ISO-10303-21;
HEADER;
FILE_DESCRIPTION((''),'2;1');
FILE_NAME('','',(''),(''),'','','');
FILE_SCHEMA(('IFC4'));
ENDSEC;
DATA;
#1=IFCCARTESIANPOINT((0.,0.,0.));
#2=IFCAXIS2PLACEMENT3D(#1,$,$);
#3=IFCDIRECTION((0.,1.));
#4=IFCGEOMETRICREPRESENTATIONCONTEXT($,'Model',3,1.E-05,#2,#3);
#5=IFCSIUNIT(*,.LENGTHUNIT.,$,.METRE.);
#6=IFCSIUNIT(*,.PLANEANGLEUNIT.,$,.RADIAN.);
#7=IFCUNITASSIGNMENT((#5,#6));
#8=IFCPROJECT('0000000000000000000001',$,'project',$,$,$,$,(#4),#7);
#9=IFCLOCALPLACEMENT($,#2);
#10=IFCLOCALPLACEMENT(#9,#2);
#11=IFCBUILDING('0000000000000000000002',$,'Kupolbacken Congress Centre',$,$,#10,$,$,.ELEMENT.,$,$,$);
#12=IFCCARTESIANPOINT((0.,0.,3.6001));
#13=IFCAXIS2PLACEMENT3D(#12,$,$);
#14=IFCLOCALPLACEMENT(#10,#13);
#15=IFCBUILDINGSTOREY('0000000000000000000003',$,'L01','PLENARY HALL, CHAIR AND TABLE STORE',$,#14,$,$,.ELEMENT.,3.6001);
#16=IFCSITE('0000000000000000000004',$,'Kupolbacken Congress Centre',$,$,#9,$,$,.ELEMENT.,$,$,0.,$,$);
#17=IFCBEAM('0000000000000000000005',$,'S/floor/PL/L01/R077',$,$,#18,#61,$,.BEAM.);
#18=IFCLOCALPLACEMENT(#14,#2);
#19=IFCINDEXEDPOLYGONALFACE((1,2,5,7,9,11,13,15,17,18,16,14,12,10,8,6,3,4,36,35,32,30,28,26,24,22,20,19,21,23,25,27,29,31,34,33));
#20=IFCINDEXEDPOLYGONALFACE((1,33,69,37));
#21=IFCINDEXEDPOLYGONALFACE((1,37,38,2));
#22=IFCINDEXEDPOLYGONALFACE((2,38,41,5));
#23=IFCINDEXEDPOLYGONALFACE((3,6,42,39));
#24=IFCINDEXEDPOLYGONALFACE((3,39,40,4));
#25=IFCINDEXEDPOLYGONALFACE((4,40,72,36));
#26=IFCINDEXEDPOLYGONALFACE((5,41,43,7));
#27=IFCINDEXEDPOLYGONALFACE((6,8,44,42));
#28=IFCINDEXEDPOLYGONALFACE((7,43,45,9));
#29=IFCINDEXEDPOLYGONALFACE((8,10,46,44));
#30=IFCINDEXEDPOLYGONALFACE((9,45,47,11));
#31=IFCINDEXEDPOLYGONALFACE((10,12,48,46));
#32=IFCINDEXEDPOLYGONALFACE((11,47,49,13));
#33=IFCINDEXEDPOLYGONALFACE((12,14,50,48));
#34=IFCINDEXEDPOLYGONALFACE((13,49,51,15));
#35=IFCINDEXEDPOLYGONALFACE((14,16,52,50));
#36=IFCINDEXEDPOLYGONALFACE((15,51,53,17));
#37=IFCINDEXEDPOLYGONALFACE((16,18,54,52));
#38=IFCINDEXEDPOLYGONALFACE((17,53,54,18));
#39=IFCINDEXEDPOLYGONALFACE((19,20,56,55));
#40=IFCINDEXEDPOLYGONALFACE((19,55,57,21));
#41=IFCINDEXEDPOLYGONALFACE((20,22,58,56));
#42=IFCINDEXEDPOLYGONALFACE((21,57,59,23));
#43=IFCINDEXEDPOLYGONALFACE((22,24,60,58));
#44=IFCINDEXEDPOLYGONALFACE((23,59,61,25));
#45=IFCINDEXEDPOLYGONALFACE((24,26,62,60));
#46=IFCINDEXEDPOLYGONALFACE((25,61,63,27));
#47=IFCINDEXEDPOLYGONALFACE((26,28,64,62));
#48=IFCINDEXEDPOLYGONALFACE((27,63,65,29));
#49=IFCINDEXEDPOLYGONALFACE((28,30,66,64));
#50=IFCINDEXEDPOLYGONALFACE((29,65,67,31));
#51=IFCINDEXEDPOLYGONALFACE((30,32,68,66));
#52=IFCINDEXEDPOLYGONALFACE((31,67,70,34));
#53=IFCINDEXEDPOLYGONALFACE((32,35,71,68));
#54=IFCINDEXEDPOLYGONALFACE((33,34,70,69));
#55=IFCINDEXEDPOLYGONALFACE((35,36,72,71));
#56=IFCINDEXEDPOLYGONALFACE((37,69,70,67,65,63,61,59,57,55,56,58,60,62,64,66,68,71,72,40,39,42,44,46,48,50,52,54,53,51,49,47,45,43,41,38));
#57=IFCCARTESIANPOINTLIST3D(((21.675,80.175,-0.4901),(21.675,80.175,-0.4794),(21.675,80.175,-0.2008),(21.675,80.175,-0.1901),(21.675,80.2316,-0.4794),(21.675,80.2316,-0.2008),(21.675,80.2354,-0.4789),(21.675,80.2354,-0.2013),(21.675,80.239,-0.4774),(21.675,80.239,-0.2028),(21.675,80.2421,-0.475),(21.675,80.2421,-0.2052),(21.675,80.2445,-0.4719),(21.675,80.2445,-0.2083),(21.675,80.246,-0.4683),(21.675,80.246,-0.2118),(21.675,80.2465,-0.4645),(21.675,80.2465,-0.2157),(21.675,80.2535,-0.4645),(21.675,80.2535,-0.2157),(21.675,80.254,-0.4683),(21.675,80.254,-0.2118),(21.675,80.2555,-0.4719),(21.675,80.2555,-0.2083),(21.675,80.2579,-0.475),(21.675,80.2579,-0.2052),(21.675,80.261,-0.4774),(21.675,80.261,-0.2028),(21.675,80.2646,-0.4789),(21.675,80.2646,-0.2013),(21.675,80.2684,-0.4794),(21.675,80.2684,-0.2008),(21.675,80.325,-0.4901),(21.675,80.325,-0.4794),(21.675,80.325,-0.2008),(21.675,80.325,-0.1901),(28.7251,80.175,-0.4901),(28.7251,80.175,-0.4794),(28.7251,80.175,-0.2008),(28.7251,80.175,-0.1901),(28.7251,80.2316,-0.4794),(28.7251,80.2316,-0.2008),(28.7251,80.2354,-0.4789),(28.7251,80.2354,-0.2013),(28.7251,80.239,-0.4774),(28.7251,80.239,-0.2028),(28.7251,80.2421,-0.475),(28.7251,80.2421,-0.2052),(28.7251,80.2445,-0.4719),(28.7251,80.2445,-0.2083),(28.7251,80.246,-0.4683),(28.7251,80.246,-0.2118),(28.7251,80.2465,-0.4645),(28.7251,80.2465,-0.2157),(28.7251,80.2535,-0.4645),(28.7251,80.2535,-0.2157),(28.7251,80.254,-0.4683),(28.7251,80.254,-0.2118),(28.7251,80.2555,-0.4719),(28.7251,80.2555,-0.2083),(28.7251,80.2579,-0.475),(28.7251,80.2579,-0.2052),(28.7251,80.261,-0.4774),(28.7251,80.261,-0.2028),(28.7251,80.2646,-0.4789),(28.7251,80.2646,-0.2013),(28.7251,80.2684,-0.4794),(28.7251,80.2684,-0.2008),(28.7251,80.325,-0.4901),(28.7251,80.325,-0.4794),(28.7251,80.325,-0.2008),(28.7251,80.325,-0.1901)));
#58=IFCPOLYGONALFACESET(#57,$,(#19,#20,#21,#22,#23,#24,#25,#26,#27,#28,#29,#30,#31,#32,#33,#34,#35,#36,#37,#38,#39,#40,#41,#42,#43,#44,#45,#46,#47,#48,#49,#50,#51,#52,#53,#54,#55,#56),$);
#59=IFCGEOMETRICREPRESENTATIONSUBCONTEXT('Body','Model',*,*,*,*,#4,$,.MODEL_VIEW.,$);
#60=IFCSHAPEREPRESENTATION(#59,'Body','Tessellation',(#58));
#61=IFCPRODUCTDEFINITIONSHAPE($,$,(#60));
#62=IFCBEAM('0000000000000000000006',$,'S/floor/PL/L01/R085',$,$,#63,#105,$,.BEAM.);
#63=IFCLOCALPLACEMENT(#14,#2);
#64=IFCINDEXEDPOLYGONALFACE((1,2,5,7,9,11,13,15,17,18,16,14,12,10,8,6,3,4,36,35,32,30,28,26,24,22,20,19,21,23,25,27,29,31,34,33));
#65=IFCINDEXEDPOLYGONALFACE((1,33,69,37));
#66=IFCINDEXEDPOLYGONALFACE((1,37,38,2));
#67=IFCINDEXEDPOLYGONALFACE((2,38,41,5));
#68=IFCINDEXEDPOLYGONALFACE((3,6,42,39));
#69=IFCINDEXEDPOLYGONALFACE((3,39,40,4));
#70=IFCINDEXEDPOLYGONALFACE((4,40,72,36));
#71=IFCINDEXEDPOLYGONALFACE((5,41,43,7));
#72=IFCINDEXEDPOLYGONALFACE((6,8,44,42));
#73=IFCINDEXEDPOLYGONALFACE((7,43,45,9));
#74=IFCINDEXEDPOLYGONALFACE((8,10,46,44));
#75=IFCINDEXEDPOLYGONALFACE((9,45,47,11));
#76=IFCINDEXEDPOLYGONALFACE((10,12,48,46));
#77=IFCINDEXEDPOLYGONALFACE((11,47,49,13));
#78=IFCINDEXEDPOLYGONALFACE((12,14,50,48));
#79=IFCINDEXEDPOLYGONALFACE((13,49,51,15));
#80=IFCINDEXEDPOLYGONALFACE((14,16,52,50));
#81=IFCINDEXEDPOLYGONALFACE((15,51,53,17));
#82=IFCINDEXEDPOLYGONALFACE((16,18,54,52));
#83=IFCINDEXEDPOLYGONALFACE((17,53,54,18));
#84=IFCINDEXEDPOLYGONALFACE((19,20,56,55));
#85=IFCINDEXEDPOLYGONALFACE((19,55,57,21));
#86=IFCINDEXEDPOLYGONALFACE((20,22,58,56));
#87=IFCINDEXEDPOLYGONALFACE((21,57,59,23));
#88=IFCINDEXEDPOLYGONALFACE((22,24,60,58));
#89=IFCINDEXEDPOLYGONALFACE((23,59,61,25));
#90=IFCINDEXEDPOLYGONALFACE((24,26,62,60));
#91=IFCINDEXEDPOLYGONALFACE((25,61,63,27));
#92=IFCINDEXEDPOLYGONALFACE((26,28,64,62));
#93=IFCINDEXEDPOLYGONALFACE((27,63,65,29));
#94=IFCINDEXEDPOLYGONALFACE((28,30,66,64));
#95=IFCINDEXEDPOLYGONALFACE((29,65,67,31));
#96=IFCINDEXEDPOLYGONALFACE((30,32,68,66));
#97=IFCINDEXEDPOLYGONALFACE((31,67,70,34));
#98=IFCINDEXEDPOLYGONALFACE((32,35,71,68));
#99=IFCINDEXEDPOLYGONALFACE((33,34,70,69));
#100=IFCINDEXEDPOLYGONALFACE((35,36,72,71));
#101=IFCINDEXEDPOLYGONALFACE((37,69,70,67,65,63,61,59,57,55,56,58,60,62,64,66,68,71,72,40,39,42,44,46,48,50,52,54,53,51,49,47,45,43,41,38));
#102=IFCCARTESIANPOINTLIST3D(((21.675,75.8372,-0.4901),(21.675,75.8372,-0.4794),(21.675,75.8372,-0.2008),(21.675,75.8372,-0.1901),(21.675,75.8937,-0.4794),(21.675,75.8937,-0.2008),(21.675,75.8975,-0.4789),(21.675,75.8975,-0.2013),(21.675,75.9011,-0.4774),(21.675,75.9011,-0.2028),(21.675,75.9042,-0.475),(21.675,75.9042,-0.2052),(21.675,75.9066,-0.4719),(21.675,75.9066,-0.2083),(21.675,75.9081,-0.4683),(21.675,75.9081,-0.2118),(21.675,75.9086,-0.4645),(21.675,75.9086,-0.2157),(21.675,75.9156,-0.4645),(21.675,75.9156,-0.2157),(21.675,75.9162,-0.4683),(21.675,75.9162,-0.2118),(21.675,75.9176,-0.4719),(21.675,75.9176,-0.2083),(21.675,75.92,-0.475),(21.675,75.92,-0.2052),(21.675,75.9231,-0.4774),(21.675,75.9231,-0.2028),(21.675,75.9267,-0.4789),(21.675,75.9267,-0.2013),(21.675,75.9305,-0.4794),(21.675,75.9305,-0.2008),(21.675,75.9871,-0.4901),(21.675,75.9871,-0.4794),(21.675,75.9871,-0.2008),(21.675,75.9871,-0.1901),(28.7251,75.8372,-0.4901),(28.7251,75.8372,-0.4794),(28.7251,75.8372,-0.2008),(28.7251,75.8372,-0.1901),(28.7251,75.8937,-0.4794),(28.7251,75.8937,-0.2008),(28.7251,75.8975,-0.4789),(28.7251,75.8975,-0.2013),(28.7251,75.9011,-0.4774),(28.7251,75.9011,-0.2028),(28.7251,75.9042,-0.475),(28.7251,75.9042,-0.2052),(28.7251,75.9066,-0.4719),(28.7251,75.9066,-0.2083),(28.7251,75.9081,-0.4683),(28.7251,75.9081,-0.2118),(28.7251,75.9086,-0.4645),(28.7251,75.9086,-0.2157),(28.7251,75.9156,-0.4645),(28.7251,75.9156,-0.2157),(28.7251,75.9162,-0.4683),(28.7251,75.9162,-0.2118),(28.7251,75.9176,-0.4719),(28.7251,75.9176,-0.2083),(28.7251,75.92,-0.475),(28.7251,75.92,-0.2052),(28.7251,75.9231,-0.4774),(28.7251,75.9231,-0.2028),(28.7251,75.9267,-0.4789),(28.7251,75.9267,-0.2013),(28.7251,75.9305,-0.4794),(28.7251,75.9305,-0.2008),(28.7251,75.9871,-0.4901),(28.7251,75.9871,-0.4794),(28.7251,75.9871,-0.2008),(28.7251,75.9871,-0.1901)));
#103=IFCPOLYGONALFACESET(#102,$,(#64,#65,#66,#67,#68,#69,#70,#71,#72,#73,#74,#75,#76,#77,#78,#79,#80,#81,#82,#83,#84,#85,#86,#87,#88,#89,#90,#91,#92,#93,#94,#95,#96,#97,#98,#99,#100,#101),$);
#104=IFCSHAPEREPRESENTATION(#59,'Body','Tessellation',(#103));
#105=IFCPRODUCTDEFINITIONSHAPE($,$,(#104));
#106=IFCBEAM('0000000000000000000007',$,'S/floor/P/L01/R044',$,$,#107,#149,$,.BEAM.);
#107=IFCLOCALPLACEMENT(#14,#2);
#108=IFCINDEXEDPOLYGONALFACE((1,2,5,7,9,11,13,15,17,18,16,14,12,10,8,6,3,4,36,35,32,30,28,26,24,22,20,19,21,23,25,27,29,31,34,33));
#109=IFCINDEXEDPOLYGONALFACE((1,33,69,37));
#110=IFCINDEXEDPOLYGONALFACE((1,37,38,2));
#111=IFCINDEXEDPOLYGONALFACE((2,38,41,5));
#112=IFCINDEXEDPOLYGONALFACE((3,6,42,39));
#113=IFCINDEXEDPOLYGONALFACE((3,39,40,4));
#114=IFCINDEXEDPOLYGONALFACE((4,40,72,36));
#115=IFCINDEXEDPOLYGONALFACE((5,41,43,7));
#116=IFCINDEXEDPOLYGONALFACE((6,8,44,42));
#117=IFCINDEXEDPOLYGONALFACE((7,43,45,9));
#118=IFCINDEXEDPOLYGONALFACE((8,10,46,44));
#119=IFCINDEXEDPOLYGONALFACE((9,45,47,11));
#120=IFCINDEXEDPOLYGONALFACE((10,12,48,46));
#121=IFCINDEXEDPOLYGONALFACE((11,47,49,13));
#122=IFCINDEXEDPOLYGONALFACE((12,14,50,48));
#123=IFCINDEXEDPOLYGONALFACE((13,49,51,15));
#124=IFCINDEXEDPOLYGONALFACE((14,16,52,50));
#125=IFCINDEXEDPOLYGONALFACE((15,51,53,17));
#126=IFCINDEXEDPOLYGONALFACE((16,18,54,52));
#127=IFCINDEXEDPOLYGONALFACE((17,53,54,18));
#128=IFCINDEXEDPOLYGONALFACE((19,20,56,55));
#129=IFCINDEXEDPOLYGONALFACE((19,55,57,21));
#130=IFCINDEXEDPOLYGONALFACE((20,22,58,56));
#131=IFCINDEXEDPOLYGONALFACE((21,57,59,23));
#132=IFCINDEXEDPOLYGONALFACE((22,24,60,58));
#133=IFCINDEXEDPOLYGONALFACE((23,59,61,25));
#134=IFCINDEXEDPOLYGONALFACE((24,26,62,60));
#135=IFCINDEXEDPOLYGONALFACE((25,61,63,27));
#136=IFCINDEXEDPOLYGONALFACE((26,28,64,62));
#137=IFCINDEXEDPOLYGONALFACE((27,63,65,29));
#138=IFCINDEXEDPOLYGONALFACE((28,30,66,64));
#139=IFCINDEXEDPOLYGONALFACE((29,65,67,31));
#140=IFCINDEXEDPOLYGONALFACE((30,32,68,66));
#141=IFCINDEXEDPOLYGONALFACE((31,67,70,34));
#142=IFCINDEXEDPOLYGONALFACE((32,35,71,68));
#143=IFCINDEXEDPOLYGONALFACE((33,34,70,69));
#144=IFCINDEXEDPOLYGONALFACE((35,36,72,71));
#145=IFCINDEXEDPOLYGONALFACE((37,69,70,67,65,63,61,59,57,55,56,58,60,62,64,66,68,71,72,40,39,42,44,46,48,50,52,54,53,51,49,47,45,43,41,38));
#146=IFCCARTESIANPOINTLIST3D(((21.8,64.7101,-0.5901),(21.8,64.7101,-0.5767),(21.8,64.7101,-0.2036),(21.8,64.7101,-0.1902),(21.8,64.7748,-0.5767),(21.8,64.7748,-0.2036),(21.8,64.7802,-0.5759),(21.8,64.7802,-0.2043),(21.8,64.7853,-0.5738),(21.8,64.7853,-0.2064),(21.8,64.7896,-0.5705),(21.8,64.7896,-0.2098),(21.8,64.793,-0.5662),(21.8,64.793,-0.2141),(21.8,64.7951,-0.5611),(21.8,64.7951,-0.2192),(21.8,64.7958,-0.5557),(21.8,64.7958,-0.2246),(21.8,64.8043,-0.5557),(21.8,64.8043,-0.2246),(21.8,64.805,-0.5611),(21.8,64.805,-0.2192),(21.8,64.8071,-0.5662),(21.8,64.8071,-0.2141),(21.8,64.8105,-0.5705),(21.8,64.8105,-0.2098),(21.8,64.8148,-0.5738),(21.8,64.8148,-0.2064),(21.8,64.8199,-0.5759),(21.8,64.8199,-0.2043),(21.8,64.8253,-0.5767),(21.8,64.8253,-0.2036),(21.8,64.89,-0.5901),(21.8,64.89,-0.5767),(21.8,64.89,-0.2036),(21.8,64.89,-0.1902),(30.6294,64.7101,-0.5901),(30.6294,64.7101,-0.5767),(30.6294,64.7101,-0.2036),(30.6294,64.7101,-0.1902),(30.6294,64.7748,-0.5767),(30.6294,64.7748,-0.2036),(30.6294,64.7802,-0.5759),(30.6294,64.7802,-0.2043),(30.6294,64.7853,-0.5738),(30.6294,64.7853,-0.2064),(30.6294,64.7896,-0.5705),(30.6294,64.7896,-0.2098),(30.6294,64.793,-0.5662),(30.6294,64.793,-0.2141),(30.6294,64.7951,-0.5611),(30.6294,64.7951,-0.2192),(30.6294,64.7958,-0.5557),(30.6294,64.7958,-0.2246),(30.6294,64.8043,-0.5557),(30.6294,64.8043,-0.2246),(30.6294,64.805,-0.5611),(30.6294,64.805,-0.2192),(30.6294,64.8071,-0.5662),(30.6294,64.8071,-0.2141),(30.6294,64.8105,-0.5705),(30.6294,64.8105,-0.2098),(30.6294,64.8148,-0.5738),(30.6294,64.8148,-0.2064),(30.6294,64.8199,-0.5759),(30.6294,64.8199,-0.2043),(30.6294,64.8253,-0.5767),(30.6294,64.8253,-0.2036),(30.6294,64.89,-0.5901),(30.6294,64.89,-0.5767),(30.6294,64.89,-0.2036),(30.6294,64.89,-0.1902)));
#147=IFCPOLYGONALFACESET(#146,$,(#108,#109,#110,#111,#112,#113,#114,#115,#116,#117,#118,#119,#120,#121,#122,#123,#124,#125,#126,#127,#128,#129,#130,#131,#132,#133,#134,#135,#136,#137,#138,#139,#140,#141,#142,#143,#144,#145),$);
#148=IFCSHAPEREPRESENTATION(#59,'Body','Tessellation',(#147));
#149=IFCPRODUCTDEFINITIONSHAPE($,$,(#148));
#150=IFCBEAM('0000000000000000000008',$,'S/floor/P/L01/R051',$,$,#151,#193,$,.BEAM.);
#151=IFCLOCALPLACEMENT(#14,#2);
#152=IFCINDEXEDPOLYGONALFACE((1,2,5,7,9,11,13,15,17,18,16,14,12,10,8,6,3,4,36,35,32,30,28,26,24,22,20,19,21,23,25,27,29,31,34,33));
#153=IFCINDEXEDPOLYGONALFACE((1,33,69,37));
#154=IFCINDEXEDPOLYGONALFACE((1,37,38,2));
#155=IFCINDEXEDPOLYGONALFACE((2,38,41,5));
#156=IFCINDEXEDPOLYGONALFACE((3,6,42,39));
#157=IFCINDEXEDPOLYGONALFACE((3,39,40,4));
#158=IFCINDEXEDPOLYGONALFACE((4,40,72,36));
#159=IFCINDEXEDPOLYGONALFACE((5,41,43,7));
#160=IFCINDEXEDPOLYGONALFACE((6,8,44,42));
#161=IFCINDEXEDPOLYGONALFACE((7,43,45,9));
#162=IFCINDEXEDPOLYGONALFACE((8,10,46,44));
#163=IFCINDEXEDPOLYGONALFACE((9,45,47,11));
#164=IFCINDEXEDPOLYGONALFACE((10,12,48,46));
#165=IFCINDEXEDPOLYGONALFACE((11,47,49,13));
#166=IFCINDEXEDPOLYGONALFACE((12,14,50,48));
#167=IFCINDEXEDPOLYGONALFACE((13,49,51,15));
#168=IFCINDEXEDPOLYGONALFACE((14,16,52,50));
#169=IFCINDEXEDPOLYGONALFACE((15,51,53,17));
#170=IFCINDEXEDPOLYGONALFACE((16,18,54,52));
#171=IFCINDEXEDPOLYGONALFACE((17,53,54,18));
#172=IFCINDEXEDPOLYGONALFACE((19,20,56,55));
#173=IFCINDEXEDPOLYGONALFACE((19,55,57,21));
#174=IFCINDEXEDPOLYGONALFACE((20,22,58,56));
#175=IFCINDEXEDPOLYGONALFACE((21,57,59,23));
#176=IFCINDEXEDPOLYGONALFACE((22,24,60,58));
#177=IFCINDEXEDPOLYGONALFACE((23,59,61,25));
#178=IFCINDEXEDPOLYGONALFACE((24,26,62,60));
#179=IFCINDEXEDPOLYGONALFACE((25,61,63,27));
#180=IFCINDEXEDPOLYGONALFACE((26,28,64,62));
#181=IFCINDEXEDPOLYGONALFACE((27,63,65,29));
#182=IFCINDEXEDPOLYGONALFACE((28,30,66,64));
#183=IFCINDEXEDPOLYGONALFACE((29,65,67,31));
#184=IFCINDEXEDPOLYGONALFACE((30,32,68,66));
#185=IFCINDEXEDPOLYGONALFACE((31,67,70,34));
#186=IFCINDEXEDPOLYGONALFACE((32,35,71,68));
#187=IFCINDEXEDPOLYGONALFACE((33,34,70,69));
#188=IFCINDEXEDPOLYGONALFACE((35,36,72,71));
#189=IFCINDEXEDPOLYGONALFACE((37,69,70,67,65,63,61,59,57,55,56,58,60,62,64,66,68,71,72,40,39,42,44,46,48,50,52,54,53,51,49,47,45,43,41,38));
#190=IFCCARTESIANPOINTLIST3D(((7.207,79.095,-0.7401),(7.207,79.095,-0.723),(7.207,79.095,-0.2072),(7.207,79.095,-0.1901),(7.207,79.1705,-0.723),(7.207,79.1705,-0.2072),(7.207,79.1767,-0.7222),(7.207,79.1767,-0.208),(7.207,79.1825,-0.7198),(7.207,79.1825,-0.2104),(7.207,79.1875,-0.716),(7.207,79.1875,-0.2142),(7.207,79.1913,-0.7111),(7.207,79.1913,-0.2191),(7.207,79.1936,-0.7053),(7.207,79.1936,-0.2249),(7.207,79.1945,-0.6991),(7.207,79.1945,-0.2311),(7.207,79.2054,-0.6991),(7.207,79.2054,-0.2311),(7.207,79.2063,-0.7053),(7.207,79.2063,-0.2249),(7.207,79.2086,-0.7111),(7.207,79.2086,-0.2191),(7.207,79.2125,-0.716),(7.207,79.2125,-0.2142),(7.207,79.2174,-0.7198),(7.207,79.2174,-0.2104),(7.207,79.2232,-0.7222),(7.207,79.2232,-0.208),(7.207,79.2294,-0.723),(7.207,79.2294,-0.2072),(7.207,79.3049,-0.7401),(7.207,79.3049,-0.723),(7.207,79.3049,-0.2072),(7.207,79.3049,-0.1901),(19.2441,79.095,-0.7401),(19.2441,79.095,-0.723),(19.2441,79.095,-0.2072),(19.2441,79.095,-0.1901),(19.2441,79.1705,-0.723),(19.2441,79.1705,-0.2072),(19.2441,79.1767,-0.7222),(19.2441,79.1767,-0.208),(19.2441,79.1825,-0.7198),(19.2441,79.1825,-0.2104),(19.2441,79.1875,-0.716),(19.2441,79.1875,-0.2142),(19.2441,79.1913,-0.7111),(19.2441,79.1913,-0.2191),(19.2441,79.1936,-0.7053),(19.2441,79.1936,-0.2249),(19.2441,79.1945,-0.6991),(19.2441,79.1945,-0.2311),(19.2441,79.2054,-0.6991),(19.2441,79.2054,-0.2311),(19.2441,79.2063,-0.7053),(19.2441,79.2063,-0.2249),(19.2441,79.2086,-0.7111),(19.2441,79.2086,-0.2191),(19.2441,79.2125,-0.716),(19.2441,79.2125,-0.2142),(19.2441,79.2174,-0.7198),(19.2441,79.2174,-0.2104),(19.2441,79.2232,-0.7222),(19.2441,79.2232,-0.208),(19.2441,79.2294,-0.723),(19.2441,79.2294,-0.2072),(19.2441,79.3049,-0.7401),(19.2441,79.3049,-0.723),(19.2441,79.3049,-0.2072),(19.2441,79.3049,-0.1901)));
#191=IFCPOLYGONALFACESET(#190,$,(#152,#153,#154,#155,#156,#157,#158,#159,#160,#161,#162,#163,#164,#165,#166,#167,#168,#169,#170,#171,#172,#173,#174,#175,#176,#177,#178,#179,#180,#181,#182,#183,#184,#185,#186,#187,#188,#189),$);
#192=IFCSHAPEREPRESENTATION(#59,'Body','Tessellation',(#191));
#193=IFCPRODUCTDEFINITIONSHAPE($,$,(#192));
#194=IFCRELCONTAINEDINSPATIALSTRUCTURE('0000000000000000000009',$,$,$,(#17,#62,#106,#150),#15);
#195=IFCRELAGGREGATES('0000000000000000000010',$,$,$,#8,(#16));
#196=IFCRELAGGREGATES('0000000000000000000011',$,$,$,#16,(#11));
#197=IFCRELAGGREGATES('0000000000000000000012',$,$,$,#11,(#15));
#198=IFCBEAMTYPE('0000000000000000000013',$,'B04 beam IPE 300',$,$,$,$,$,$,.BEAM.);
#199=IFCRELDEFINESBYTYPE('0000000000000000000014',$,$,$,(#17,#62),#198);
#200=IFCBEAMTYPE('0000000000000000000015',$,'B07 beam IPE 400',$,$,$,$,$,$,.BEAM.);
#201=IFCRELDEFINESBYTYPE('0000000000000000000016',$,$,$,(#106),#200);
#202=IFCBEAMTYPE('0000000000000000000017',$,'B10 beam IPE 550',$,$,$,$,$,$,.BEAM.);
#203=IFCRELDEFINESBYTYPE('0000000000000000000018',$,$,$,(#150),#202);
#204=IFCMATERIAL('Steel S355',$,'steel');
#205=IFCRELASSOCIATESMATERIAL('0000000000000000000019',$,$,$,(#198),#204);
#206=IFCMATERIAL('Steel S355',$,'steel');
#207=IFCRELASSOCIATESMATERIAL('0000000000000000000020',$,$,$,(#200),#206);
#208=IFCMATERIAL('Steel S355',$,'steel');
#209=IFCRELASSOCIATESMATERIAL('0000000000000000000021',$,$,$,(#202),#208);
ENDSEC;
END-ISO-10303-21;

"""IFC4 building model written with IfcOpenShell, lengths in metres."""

from ifc_helpers import new_model, si_unit, direction, frame, origin, origin_2d, place, context, subcontext, project, spatial, i_section, extrude, material, material_profile, profile_set, type_object, element, save


model = new_model("IFC4")

# Units and contexts
model_context = context("Model", 3, precision=1e-05, world=origin(), true_north=direction((0.0, 1.0)))
body_context = subcontext(model_context, "Body", "Model", "MODEL_VIEW")
ifc_project = project(units=[si_unit("LENGTHUNIT", "METRE"), si_unit("PLANEANGLEUNIT", "RADIAN")], contexts=[model_context])

# Site, building, storey
site_placement = place(None, origin())
site = spatial("IfcSite", under=ifc_project, at=site_placement, Name="Kupolbacken Congress Centre", CompositionType="ELEMENT", RefElevation=0.0)
building_placement = place(site_placement, origin())
building = spatial("IfcBuilding", under=site, at=building_placement, Name="Kupolbacken Congress Centre", CompositionType="ELEMENT")
storey_placement = place(building_placement, frame((0.0, 0.0, 3.6001)))
storey = spatial("IfcBuildingStorey", under=building, at=storey_placement, Name="L01", Description="PLENARY HALL, CHAIR AND TABLE STORE", CompositionType="ELEMENT", Elevation=3.6001)

# Beams
ifc_material_1 = material(Name="Steel S355", Category="steel")
ifc_material_profile_1 = material_profile(ifc_material_1, i_section(OverallWidth=0.1499, OverallDepth=0.3, WebThickness=0.0071, FlangeThickness=0.0107, FilletRadius=0.0149, at=origin_2d()), Name="IPE 300")
ifc_profile_set_1 = profile_set([ifc_material_profile_1], Name="Steel S355")
beam_type_1 = type_object("IfcBeamType", Name="B04 beam IPE 300", PredefinedType="BEAM", material=ifc_profile_set_1)
for number, where, z_axis, x_axis, name in (
    (1, (21.675, 80.25, -0.3401), (1.0, 0.0, 0.0), (0.0, 1.0, 0.0), "S/floor/PL/L01/R077"),
    (2, (21.675, 75.9121, -0.3401), (1.0, 0.0, 0.0), (0.0, 1.0, 0.0), "S/floor/PL/L01/R085"),
):
    element("IfcBeam", number, at=place(storey_placement, frame(where, z_axis=z_axis, x_axis=x_axis)), inside=storey, type_object=beam_type_1, Name=name, PredefinedType="BEAM", context=body_context, shape_type="SweptSolid", body=[
        extrude(i_section(OverallWidth=0.1499, OverallDepth=0.3, WebThickness=0.0071, FlangeThickness=0.0107, FilletRadius=0.0149, at=origin_2d()), origin(), (0.0, 0.0, 1.0), 7.05),
    ])
ifc_material_2 = material(Name="Steel S355", Category="steel")
ifc_material_profile_2 = material_profile(ifc_material_2, i_section(OverallWidth=0.1799, OverallDepth=0.3999, WebThickness=0.0085, FlangeThickness=0.0134, FilletRadius=0.021, at=origin_2d()), Name="IPE 400")
ifc_profile_set_2 = profile_set([ifc_material_profile_2], Name="Steel S355")
beam_type_2 = type_object("IfcBeamType", Name="B07 beam IPE 400", PredefinedType="BEAM", material=ifc_profile_set_2)
beam_1_placement = place(storey_placement, frame((21.8, 64.8, -0.3901), z_axis=(1.0, 0.0, 0.0), x_axis=(0.0, 1.0, 0.0)))
element("IfcBeam", 3, at=beam_1_placement, inside=storey, type_object=beam_type_2, Name="S/floor/P/L01/R044", PredefinedType="BEAM", context=body_context, shape_type="SweptSolid", body=[
    extrude(i_section(OverallWidth=0.1799, OverallDepth=0.3999, WebThickness=0.0085, FlangeThickness=0.0134, FilletRadius=0.021, at=origin_2d()), origin(), (0.0, 0.0, 1.0), 8.8293),
])
ifc_material_3 = material(Name="Steel S355", Category="steel")
ifc_material_profile_3 = material_profile(ifc_material_3, i_section(OverallWidth=0.21, OverallDepth=0.55, WebThickness=0.011, FlangeThickness=0.0171, FilletRadius=0.0239, at=origin_2d()), Name="IPE 550")
ifc_profile_set_3 = profile_set([ifc_material_profile_3], Name="Steel S355")
beam_type_3 = type_object("IfcBeamType", Name="B10 beam IPE 550", PredefinedType="BEAM", material=ifc_profile_set_3)
beam_2_placement = place(storey_placement, frame((7.207, 79.2, -0.4651), z_axis=(1.0, 0.0, 0.0), x_axis=(0.0, 1.0, 0.0)))
element("IfcBeam", 4, at=beam_2_placement, inside=storey, type_object=beam_type_3, Name="S/floor/P/L01/R051", PredefinedType="BEAM", context=body_context, shape_type="SweptSolid", body=[
    extrude(i_section(OverallWidth=0.21, OverallDepth=0.55, WebThickness=0.011, FlangeThickness=0.0171, FilletRadius=0.0239, at=origin_2d()), origin(), (0.0, 0.0, 1.0), 12.0371),
])

save(model, "model.ifc")
